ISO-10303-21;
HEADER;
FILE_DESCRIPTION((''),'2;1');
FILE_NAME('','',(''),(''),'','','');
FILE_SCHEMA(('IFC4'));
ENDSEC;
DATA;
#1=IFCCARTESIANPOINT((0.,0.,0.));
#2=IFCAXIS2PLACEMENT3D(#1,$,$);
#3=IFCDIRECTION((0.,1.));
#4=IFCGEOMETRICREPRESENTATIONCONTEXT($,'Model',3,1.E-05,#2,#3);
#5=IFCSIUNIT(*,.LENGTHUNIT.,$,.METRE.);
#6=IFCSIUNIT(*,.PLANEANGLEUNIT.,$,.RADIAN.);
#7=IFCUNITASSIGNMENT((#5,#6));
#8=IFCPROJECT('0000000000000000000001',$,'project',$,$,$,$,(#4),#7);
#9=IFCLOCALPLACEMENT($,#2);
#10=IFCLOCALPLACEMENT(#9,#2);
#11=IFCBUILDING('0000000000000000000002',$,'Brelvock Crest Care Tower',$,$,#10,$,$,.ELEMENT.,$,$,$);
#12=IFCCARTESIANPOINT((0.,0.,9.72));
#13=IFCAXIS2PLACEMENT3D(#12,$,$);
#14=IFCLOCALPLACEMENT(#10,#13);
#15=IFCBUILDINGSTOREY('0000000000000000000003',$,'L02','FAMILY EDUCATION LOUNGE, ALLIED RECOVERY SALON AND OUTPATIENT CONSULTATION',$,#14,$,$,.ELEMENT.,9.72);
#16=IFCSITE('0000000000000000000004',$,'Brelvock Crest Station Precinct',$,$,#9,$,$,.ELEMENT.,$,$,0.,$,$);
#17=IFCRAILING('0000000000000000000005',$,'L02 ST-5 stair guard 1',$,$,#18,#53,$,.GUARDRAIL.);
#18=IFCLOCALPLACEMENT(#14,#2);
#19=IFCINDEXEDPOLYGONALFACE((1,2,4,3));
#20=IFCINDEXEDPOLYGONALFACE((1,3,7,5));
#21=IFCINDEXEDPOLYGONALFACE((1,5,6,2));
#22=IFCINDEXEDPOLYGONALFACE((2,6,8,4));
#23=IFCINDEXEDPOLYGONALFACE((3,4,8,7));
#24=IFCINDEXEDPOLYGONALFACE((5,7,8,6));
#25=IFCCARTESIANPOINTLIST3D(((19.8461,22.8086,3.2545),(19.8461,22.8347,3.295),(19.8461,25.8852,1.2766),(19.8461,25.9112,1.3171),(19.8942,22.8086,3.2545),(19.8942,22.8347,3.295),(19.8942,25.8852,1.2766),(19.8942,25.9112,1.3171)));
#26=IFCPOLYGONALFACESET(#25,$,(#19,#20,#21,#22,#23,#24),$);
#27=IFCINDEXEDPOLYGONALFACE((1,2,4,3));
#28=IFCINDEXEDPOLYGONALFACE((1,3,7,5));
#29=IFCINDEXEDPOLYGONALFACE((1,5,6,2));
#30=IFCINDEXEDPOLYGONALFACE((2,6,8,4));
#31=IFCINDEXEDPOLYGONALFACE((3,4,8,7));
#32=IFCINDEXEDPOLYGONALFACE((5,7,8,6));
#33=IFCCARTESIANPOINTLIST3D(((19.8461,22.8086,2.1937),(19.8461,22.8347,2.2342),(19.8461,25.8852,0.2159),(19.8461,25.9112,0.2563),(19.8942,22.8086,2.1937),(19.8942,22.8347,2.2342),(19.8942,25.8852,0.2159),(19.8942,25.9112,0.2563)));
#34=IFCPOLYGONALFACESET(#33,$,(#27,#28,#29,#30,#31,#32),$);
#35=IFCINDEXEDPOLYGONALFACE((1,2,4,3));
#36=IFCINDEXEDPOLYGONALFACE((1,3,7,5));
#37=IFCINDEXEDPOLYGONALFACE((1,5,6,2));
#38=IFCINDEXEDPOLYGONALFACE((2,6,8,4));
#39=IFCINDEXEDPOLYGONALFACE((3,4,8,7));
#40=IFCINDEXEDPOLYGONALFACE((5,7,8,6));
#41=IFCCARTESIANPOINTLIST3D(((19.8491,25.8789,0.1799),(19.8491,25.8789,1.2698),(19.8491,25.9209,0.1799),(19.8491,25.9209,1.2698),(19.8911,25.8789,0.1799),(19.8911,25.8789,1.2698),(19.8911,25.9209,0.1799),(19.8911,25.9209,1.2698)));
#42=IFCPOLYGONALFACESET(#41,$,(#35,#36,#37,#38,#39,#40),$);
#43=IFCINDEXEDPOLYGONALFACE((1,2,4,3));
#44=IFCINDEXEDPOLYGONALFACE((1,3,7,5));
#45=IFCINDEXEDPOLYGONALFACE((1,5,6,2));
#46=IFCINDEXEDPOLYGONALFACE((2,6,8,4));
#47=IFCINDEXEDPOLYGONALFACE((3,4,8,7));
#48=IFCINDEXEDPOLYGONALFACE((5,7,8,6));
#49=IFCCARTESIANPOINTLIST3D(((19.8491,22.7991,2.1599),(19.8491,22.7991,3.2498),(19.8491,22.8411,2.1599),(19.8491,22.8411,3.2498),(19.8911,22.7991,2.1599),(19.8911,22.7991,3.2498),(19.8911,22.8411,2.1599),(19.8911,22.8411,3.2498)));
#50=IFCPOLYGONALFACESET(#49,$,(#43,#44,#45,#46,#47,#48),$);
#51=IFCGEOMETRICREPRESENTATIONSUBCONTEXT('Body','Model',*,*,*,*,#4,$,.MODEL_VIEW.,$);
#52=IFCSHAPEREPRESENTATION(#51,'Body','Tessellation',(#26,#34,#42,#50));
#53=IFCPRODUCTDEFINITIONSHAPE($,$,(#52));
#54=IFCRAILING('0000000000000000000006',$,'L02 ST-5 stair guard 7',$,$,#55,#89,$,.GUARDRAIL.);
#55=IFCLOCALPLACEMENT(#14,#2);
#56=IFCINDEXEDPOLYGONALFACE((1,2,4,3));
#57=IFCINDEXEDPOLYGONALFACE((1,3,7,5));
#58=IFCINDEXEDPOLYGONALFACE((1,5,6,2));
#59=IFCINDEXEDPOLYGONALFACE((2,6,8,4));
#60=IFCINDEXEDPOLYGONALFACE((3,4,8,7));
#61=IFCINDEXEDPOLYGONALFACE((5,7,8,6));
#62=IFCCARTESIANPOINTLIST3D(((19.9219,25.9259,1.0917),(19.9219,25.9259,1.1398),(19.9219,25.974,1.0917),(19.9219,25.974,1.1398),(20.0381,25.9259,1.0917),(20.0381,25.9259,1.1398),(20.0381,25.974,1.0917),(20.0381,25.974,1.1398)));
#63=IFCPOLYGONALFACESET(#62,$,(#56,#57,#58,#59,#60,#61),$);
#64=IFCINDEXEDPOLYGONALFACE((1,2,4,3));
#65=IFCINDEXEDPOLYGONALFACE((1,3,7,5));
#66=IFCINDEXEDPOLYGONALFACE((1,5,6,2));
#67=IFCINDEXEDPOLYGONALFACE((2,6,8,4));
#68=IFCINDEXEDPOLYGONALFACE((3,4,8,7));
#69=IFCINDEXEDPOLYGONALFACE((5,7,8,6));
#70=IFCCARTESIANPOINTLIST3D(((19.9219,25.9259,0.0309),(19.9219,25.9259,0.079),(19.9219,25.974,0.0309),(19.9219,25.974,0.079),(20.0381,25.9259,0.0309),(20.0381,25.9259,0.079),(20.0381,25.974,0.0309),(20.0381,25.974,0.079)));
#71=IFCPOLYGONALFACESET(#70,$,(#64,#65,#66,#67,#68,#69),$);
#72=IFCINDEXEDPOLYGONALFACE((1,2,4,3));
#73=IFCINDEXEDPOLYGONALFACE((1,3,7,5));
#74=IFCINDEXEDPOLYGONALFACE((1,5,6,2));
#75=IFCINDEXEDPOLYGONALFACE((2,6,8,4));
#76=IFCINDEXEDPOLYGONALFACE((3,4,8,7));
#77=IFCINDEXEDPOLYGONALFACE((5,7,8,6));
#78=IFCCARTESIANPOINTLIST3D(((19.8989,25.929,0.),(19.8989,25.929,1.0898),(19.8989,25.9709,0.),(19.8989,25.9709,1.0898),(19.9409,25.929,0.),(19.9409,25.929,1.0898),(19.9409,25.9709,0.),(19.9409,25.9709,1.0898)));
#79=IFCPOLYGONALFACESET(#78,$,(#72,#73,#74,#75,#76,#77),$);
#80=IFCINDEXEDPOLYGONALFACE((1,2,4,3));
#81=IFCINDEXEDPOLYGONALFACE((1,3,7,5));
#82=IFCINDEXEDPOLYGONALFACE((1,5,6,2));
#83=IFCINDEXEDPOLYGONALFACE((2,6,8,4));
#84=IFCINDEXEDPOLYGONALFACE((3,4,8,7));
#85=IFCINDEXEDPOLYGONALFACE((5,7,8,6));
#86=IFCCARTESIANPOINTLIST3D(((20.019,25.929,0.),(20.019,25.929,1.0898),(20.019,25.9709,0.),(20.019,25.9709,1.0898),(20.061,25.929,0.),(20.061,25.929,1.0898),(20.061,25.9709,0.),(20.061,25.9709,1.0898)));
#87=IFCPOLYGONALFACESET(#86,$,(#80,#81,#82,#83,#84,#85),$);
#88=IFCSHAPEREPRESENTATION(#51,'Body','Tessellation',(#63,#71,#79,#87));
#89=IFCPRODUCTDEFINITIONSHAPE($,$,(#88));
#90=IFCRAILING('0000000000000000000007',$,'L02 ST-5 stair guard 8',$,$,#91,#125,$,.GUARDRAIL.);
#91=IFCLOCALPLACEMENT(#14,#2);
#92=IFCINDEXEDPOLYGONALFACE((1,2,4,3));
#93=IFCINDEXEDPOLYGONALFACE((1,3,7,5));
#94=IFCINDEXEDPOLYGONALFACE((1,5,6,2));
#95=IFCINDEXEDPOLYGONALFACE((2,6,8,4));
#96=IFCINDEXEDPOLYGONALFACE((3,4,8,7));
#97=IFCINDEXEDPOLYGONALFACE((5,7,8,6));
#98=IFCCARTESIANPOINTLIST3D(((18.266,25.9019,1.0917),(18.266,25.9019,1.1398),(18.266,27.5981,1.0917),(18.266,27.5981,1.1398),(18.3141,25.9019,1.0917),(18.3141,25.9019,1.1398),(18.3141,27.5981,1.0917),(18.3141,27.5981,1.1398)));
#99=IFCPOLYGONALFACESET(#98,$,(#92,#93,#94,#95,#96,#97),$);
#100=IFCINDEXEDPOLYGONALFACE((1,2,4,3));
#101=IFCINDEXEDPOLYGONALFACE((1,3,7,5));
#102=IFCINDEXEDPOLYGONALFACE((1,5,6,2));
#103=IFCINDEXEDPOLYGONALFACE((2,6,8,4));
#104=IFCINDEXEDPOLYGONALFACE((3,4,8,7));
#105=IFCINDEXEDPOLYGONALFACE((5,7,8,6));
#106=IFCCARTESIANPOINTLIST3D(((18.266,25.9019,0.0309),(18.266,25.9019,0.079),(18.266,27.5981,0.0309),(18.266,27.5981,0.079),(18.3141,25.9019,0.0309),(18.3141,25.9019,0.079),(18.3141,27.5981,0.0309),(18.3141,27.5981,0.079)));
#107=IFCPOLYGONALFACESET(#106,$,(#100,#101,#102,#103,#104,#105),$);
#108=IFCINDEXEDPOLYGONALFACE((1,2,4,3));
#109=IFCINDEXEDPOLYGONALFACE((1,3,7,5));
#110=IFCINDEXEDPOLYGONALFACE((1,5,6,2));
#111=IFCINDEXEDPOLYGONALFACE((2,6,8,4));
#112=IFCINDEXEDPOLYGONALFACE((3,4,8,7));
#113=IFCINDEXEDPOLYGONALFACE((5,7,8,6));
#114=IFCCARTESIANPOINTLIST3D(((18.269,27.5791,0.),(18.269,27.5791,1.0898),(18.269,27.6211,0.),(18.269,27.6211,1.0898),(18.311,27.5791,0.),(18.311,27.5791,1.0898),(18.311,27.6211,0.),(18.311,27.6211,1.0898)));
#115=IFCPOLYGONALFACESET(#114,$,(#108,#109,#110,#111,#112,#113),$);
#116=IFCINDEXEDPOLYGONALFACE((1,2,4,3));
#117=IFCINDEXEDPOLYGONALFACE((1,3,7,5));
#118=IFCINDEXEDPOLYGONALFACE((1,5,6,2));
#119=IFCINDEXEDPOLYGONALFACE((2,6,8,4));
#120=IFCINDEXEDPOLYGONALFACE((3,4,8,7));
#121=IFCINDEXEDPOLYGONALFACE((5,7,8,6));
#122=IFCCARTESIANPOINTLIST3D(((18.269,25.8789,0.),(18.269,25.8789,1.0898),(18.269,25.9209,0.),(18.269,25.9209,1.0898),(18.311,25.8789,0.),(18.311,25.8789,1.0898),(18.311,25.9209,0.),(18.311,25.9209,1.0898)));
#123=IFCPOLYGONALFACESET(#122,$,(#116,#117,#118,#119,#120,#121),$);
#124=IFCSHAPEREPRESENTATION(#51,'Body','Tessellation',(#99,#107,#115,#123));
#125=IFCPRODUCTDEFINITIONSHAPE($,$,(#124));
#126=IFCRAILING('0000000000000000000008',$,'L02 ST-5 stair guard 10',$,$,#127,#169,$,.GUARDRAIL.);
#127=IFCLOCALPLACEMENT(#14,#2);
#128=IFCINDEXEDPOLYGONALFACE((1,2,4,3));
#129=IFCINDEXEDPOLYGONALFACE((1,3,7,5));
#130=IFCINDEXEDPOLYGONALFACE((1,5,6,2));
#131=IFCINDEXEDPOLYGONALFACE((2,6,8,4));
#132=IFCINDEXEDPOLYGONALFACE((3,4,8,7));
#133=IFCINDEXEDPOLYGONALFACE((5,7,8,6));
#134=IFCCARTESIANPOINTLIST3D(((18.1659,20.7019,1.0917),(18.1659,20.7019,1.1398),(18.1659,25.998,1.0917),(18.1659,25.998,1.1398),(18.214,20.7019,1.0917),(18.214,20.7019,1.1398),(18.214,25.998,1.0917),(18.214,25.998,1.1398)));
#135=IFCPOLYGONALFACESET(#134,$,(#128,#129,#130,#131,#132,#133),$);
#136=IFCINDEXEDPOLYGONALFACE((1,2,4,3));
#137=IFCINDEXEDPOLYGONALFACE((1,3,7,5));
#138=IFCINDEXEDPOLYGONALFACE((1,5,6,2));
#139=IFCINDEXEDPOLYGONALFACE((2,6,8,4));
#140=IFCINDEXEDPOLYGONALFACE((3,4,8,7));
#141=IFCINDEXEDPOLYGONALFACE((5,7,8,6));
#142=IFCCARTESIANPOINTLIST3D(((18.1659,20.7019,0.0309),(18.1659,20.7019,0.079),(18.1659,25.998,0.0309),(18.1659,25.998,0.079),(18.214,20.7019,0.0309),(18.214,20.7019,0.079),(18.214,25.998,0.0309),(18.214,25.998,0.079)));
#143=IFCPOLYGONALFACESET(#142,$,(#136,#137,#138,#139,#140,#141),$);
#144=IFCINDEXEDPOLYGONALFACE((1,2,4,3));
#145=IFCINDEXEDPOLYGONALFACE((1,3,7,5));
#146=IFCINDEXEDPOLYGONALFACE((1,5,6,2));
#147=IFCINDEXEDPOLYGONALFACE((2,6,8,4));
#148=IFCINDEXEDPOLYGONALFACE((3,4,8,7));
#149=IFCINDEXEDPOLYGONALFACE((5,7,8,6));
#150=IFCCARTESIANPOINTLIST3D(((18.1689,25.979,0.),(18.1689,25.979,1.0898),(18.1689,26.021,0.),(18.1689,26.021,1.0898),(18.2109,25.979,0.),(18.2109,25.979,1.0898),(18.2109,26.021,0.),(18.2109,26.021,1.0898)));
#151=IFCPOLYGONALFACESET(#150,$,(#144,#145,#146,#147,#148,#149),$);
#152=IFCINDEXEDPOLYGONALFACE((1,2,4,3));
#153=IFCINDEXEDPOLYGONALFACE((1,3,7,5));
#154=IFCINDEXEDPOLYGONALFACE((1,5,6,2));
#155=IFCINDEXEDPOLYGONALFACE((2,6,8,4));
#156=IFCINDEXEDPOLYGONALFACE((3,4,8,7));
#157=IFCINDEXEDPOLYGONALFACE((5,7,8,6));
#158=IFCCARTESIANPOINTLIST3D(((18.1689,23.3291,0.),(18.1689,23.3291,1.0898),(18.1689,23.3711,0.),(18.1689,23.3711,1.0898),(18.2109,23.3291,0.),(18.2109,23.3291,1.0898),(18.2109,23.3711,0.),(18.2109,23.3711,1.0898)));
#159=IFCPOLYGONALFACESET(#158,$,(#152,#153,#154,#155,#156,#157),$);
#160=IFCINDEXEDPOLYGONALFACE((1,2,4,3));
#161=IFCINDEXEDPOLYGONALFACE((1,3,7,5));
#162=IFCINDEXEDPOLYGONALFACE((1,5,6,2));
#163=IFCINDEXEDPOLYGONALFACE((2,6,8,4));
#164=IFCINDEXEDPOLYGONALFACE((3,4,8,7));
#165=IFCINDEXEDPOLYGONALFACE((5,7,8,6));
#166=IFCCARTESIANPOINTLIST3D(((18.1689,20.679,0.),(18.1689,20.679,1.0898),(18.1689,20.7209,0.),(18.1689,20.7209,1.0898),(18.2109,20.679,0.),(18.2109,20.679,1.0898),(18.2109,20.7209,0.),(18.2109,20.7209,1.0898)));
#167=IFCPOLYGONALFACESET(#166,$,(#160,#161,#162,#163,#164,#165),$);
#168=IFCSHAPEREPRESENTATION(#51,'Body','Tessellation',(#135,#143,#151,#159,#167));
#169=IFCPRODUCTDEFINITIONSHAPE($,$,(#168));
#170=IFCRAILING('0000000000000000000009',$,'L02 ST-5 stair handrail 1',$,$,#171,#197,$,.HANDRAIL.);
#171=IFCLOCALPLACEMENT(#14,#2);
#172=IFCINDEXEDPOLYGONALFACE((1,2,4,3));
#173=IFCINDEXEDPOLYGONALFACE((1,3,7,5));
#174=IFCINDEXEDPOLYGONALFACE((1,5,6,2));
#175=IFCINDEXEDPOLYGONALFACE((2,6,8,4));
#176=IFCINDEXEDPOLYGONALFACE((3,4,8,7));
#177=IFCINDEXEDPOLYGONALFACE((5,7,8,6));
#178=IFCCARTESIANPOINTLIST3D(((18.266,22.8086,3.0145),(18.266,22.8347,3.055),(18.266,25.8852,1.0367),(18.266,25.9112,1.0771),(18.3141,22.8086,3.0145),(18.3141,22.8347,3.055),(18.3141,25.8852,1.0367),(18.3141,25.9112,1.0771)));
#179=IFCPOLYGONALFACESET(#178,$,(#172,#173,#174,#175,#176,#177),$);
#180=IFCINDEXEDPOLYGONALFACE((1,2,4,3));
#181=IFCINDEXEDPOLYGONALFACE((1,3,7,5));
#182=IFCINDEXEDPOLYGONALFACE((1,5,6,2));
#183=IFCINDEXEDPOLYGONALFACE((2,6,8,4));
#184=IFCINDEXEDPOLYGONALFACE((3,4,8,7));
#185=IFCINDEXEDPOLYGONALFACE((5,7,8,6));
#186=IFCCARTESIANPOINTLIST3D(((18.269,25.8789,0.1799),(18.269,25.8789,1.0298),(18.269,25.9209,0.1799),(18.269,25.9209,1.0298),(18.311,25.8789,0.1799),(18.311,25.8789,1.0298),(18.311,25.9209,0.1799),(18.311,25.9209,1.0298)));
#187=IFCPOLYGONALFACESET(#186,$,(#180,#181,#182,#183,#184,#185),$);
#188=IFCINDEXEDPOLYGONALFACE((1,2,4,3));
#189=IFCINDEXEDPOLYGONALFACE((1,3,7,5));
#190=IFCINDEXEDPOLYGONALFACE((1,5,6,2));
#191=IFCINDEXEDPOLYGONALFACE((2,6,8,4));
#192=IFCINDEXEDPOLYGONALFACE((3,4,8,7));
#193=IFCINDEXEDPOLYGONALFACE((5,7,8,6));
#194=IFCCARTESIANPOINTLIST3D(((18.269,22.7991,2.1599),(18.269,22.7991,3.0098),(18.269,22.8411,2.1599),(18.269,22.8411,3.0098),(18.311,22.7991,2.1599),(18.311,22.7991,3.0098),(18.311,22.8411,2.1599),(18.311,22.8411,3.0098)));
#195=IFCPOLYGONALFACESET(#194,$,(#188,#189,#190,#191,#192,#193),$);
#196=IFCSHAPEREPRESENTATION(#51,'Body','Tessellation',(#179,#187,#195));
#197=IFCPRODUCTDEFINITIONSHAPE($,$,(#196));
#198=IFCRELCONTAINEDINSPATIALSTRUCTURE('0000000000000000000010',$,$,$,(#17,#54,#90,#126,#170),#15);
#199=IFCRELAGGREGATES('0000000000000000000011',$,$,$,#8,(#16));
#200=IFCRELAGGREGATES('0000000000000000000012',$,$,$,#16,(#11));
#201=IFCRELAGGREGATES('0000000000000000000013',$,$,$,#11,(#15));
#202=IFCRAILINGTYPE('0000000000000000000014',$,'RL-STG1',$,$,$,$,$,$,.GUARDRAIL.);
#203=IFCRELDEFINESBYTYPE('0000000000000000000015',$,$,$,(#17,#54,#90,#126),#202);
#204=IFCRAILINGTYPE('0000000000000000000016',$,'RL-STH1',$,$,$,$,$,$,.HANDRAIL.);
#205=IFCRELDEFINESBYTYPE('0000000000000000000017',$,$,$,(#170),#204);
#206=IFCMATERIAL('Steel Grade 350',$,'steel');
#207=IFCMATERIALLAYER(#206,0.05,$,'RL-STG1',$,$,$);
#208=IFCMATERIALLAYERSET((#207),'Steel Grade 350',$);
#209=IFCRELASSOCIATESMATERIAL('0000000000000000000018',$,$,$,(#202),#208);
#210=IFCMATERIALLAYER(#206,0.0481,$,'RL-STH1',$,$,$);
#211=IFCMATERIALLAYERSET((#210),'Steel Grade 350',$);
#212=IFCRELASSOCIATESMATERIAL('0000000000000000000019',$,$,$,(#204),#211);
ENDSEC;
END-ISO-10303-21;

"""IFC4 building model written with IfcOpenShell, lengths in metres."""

from ifc_helpers import new_model, si_unit, direction, frame, origin, origin_2d, place, context, subcontext, project, spatial, rectangle, extrude, material, layer, layer_set, type_object, element, save


model = new_model("IFC4")

# Units and contexts
model_context = context("Model", 3, precision=1e-05, world=origin(), true_north=direction((0.0, 1.0)))
body_context = subcontext(model_context, "Body", "Model", "MODEL_VIEW")
ifc_project = project(units=[si_unit("LENGTHUNIT", "METRE"), si_unit("PLANEANGLEUNIT", "RADIAN")], contexts=[model_context])

# Site, building, storey
site_placement = place(None, origin())
site = spatial("IfcSite", under=ifc_project, at=site_placement, Name="Brelvock Crest Station Precinct", CompositionType="ELEMENT", RefElevation=0.0)
building_placement = place(site_placement, origin())
building = spatial("IfcBuilding", under=site, at=building_placement, Name="Brelvock Crest Care Tower", CompositionType="ELEMENT")
storey_placement = place(building_placement, frame((0.0, 0.0, 9.72)))
storey = spatial("IfcBuildingStorey", under=building, at=storey_placement, Name="L02", Description="FAMILY EDUCATION LOUNGE, ALLIED RECOVERY SALON AND OUTPATIENT CONSULTATION", CompositionType="ELEMENT", Elevation=9.72)

# Shared definitions
ifc_material_1 = material(Name="Steel Grade 350", Category="steel")

# Railings
ifc_layer_1 = layer(ifc_material_1, 0.05, Name="RL-STG1")
ifc_layer_set_1 = layer_set([ifc_layer_1], Name="Steel Grade 350")
railing_type_1 = type_object("IfcRailingType", Name="RL-STG1", PredefinedType="GUARDRAIL", material=ifc_layer_set_1)
railing_1_placement = place(storey_placement, frame((19.8701, 25.8999, 0.1799)))
element("IfcRailing", 1, at=railing_1_placement, inside=storey, type_object=railing_type_1, Name="L02 ST-5 stair guard 1", PredefinedType="GUARDRAIL", context=body_context, shape_type="SweptSolid", body=[
    extrude(rectangle(XDim=0.0481, YDim=0.0481, at=origin_2d()), frame((0.0, -0.0017, 1.1169), z_axis=(0.0, -0.841168, 0.540774), x_axis=(1.0, 0.0, 0.0)), (0.0, 0.0, 1.0), 3.6575),
    extrude(rectangle(XDim=0.0481, YDim=0.0481, at=origin_2d()), frame((0.0, -0.0017, 0.0562), z_axis=(0.0, -0.841168, 0.540774), x_axis=(1.0, 0.0, 0.0)), (0.0, 0.0, 1.0), 3.6575),
    extrude(rectangle(XDim=0.042, YDim=0.042, at=origin_2d()), origin(), (0.0, 0.0, 1.0), 1.0898),
    extrude(rectangle(XDim=0.042, YDim=0.042, at=origin_2d()), frame((0.0, -3.0798, 1.98)), (0.0, 0.0, 1.0), 1.0898),
])
railing_2_placement = place(storey_placement, frame((19.9199, 25.95, 0.0)))
element("IfcRailing", 2, at=railing_2_placement, inside=storey, type_object=railing_type_1, Name="L02 ST-5 stair guard 7", PredefinedType="GUARDRAIL", context=body_context, shape_type="SweptSolid", body=[
    extrude(rectangle(XDim=0.0481, YDim=0.0481, at=origin_2d()), frame((0.002, 0.0, 1.1157), z_axis=(1.0, 0.0, 0.0), x_axis=(0.0, 1.0, 0.0)), (0.0, 0.0, 1.0), 0.1162),
    extrude(rectangle(XDim=0.0481, YDim=0.0481, at=origin_2d()), frame((0.002, 0.0, 0.0549), z_axis=(1.0, 0.0, 0.0), x_axis=(0.0, 1.0, 0.0)), (0.0, 0.0, 1.0), 0.1162),
    extrude(rectangle(XDim=0.042, YDim=0.042, at=origin_2d()), origin(), (0.0, 0.0, 1.0), 1.0898),
    extrude(rectangle(XDim=0.042, YDim=0.042, at=origin_2d()), frame((0.1201, 0.0, 0.0)), (0.0, 0.0, 1.0), 1.0898),
])
railing_3_placement = place(storey_placement, frame((18.29, 27.6001, 0.0)))
element("IfcRailing", 3, at=railing_3_placement, inside=storey, type_object=railing_type_1, Name="L02 ST-5 stair guard 8", PredefinedType="GUARDRAIL", context=body_context, shape_type="SweptSolid", body=[
    extrude(rectangle(XDim=0.0481, YDim=0.0481, at=origin_2d()), frame((0.0, -0.002, 1.1157), z_axis=(0.0, -1.0, 0.0), x_axis=(1.0, 0.0, 0.0)), (0.0, 0.0, 1.0), 1.6963),
    extrude(rectangle(XDim=0.0481, YDim=0.0481, at=origin_2d()), frame((0.0, -0.002, 0.0549), z_axis=(0.0, -1.0, 0.0), x_axis=(1.0, 0.0, 0.0)), (0.0, 0.0, 1.0), 1.6963),
    extrude(rectangle(XDim=0.042, YDim=0.042, at=origin_2d()), origin(), (0.0, 0.0, 1.0), 1.0898),
    extrude(rectangle(XDim=0.042, YDim=0.042, at=origin_2d()), frame((0.0, -1.7002, 0.0)), (0.0, 0.0, 1.0), 1.0898),
])
railing_4_placement = place(storey_placement, frame((18.1899, 26.0, 0.0)))
element("IfcRailing", 4, at=railing_4_placement, inside=storey, type_object=railing_type_1, Name="L02 ST-5 stair guard 10", PredefinedType="GUARDRAIL", context=body_context, shape_type="SweptSolid", body=[
    extrude(rectangle(XDim=0.0481, YDim=0.0481, at=origin_2d()), frame((0.0, -0.002, 1.1157), z_axis=(0.0, -1.0, 0.0), x_axis=(1.0, 0.0, 0.0)), (0.0, 0.0, 1.0), 5.2961),
    extrude(rectangle(XDim=0.0481, YDim=0.0481, at=origin_2d()), frame((0.0, -0.002, 0.0549), z_axis=(0.0, -1.0, 0.0), x_axis=(1.0, 0.0, 0.0)), (0.0, 0.0, 1.0), 5.2961),
    extrude(rectangle(XDim=0.042, YDim=0.042, at=origin_2d()), origin(), (0.0, 0.0, 1.0), 1.0898),
    extrude(rectangle(XDim=0.042, YDim=0.042, at=origin_2d()), frame((0.0, -2.6499, 0.0)), (0.0, 0.0, 1.0), 1.0898),
    extrude(rectangle(XDim=0.042, YDim=0.042, at=origin_2d()), frame((0.0, -5.3, 0.0)), (0.0, 0.0, 1.0), 1.0898),
])
ifc_layer_2 = layer(ifc_material_1, 0.0481, Name="RL-STH1")
ifc_layer_set_2 = layer_set([ifc_layer_2], Name="Steel Grade 350")
railing_type_2 = type_object("IfcRailingType", Name="RL-STH1", PredefinedType="HANDRAIL", material=ifc_layer_set_2)
railing_5_placement = place(storey_placement, frame((18.29, 25.8999, 0.1799)))
element("IfcRailing", 5, at=railing_5_placement, inside=storey, type_object=railing_type_2, Name="L02 ST-5 stair handrail 1", PredefinedType="HANDRAIL", context=body_context, shape_type="SweptSolid", body=[
    extrude(rectangle(XDim=0.0481, YDim=0.0481, at=origin_2d()), frame((0.0, -0.0017, 0.877), z_axis=(0.0, -0.841168, 0.540774), x_axis=(1.0, 0.0, 0.0)), (0.0, 0.0, 1.0), 3.6575),
    extrude(rectangle(XDim=0.042, YDim=0.042, at=origin_2d()), origin(), (0.0, 0.0, 1.0), 0.8499),
    extrude(rectangle(XDim=0.042, YDim=0.042, at=origin_2d()), frame((0.0, -3.0798, 1.98)), (0.0, 0.0, 1.0), 0.8499),
])

save(model, "model.ifc")
